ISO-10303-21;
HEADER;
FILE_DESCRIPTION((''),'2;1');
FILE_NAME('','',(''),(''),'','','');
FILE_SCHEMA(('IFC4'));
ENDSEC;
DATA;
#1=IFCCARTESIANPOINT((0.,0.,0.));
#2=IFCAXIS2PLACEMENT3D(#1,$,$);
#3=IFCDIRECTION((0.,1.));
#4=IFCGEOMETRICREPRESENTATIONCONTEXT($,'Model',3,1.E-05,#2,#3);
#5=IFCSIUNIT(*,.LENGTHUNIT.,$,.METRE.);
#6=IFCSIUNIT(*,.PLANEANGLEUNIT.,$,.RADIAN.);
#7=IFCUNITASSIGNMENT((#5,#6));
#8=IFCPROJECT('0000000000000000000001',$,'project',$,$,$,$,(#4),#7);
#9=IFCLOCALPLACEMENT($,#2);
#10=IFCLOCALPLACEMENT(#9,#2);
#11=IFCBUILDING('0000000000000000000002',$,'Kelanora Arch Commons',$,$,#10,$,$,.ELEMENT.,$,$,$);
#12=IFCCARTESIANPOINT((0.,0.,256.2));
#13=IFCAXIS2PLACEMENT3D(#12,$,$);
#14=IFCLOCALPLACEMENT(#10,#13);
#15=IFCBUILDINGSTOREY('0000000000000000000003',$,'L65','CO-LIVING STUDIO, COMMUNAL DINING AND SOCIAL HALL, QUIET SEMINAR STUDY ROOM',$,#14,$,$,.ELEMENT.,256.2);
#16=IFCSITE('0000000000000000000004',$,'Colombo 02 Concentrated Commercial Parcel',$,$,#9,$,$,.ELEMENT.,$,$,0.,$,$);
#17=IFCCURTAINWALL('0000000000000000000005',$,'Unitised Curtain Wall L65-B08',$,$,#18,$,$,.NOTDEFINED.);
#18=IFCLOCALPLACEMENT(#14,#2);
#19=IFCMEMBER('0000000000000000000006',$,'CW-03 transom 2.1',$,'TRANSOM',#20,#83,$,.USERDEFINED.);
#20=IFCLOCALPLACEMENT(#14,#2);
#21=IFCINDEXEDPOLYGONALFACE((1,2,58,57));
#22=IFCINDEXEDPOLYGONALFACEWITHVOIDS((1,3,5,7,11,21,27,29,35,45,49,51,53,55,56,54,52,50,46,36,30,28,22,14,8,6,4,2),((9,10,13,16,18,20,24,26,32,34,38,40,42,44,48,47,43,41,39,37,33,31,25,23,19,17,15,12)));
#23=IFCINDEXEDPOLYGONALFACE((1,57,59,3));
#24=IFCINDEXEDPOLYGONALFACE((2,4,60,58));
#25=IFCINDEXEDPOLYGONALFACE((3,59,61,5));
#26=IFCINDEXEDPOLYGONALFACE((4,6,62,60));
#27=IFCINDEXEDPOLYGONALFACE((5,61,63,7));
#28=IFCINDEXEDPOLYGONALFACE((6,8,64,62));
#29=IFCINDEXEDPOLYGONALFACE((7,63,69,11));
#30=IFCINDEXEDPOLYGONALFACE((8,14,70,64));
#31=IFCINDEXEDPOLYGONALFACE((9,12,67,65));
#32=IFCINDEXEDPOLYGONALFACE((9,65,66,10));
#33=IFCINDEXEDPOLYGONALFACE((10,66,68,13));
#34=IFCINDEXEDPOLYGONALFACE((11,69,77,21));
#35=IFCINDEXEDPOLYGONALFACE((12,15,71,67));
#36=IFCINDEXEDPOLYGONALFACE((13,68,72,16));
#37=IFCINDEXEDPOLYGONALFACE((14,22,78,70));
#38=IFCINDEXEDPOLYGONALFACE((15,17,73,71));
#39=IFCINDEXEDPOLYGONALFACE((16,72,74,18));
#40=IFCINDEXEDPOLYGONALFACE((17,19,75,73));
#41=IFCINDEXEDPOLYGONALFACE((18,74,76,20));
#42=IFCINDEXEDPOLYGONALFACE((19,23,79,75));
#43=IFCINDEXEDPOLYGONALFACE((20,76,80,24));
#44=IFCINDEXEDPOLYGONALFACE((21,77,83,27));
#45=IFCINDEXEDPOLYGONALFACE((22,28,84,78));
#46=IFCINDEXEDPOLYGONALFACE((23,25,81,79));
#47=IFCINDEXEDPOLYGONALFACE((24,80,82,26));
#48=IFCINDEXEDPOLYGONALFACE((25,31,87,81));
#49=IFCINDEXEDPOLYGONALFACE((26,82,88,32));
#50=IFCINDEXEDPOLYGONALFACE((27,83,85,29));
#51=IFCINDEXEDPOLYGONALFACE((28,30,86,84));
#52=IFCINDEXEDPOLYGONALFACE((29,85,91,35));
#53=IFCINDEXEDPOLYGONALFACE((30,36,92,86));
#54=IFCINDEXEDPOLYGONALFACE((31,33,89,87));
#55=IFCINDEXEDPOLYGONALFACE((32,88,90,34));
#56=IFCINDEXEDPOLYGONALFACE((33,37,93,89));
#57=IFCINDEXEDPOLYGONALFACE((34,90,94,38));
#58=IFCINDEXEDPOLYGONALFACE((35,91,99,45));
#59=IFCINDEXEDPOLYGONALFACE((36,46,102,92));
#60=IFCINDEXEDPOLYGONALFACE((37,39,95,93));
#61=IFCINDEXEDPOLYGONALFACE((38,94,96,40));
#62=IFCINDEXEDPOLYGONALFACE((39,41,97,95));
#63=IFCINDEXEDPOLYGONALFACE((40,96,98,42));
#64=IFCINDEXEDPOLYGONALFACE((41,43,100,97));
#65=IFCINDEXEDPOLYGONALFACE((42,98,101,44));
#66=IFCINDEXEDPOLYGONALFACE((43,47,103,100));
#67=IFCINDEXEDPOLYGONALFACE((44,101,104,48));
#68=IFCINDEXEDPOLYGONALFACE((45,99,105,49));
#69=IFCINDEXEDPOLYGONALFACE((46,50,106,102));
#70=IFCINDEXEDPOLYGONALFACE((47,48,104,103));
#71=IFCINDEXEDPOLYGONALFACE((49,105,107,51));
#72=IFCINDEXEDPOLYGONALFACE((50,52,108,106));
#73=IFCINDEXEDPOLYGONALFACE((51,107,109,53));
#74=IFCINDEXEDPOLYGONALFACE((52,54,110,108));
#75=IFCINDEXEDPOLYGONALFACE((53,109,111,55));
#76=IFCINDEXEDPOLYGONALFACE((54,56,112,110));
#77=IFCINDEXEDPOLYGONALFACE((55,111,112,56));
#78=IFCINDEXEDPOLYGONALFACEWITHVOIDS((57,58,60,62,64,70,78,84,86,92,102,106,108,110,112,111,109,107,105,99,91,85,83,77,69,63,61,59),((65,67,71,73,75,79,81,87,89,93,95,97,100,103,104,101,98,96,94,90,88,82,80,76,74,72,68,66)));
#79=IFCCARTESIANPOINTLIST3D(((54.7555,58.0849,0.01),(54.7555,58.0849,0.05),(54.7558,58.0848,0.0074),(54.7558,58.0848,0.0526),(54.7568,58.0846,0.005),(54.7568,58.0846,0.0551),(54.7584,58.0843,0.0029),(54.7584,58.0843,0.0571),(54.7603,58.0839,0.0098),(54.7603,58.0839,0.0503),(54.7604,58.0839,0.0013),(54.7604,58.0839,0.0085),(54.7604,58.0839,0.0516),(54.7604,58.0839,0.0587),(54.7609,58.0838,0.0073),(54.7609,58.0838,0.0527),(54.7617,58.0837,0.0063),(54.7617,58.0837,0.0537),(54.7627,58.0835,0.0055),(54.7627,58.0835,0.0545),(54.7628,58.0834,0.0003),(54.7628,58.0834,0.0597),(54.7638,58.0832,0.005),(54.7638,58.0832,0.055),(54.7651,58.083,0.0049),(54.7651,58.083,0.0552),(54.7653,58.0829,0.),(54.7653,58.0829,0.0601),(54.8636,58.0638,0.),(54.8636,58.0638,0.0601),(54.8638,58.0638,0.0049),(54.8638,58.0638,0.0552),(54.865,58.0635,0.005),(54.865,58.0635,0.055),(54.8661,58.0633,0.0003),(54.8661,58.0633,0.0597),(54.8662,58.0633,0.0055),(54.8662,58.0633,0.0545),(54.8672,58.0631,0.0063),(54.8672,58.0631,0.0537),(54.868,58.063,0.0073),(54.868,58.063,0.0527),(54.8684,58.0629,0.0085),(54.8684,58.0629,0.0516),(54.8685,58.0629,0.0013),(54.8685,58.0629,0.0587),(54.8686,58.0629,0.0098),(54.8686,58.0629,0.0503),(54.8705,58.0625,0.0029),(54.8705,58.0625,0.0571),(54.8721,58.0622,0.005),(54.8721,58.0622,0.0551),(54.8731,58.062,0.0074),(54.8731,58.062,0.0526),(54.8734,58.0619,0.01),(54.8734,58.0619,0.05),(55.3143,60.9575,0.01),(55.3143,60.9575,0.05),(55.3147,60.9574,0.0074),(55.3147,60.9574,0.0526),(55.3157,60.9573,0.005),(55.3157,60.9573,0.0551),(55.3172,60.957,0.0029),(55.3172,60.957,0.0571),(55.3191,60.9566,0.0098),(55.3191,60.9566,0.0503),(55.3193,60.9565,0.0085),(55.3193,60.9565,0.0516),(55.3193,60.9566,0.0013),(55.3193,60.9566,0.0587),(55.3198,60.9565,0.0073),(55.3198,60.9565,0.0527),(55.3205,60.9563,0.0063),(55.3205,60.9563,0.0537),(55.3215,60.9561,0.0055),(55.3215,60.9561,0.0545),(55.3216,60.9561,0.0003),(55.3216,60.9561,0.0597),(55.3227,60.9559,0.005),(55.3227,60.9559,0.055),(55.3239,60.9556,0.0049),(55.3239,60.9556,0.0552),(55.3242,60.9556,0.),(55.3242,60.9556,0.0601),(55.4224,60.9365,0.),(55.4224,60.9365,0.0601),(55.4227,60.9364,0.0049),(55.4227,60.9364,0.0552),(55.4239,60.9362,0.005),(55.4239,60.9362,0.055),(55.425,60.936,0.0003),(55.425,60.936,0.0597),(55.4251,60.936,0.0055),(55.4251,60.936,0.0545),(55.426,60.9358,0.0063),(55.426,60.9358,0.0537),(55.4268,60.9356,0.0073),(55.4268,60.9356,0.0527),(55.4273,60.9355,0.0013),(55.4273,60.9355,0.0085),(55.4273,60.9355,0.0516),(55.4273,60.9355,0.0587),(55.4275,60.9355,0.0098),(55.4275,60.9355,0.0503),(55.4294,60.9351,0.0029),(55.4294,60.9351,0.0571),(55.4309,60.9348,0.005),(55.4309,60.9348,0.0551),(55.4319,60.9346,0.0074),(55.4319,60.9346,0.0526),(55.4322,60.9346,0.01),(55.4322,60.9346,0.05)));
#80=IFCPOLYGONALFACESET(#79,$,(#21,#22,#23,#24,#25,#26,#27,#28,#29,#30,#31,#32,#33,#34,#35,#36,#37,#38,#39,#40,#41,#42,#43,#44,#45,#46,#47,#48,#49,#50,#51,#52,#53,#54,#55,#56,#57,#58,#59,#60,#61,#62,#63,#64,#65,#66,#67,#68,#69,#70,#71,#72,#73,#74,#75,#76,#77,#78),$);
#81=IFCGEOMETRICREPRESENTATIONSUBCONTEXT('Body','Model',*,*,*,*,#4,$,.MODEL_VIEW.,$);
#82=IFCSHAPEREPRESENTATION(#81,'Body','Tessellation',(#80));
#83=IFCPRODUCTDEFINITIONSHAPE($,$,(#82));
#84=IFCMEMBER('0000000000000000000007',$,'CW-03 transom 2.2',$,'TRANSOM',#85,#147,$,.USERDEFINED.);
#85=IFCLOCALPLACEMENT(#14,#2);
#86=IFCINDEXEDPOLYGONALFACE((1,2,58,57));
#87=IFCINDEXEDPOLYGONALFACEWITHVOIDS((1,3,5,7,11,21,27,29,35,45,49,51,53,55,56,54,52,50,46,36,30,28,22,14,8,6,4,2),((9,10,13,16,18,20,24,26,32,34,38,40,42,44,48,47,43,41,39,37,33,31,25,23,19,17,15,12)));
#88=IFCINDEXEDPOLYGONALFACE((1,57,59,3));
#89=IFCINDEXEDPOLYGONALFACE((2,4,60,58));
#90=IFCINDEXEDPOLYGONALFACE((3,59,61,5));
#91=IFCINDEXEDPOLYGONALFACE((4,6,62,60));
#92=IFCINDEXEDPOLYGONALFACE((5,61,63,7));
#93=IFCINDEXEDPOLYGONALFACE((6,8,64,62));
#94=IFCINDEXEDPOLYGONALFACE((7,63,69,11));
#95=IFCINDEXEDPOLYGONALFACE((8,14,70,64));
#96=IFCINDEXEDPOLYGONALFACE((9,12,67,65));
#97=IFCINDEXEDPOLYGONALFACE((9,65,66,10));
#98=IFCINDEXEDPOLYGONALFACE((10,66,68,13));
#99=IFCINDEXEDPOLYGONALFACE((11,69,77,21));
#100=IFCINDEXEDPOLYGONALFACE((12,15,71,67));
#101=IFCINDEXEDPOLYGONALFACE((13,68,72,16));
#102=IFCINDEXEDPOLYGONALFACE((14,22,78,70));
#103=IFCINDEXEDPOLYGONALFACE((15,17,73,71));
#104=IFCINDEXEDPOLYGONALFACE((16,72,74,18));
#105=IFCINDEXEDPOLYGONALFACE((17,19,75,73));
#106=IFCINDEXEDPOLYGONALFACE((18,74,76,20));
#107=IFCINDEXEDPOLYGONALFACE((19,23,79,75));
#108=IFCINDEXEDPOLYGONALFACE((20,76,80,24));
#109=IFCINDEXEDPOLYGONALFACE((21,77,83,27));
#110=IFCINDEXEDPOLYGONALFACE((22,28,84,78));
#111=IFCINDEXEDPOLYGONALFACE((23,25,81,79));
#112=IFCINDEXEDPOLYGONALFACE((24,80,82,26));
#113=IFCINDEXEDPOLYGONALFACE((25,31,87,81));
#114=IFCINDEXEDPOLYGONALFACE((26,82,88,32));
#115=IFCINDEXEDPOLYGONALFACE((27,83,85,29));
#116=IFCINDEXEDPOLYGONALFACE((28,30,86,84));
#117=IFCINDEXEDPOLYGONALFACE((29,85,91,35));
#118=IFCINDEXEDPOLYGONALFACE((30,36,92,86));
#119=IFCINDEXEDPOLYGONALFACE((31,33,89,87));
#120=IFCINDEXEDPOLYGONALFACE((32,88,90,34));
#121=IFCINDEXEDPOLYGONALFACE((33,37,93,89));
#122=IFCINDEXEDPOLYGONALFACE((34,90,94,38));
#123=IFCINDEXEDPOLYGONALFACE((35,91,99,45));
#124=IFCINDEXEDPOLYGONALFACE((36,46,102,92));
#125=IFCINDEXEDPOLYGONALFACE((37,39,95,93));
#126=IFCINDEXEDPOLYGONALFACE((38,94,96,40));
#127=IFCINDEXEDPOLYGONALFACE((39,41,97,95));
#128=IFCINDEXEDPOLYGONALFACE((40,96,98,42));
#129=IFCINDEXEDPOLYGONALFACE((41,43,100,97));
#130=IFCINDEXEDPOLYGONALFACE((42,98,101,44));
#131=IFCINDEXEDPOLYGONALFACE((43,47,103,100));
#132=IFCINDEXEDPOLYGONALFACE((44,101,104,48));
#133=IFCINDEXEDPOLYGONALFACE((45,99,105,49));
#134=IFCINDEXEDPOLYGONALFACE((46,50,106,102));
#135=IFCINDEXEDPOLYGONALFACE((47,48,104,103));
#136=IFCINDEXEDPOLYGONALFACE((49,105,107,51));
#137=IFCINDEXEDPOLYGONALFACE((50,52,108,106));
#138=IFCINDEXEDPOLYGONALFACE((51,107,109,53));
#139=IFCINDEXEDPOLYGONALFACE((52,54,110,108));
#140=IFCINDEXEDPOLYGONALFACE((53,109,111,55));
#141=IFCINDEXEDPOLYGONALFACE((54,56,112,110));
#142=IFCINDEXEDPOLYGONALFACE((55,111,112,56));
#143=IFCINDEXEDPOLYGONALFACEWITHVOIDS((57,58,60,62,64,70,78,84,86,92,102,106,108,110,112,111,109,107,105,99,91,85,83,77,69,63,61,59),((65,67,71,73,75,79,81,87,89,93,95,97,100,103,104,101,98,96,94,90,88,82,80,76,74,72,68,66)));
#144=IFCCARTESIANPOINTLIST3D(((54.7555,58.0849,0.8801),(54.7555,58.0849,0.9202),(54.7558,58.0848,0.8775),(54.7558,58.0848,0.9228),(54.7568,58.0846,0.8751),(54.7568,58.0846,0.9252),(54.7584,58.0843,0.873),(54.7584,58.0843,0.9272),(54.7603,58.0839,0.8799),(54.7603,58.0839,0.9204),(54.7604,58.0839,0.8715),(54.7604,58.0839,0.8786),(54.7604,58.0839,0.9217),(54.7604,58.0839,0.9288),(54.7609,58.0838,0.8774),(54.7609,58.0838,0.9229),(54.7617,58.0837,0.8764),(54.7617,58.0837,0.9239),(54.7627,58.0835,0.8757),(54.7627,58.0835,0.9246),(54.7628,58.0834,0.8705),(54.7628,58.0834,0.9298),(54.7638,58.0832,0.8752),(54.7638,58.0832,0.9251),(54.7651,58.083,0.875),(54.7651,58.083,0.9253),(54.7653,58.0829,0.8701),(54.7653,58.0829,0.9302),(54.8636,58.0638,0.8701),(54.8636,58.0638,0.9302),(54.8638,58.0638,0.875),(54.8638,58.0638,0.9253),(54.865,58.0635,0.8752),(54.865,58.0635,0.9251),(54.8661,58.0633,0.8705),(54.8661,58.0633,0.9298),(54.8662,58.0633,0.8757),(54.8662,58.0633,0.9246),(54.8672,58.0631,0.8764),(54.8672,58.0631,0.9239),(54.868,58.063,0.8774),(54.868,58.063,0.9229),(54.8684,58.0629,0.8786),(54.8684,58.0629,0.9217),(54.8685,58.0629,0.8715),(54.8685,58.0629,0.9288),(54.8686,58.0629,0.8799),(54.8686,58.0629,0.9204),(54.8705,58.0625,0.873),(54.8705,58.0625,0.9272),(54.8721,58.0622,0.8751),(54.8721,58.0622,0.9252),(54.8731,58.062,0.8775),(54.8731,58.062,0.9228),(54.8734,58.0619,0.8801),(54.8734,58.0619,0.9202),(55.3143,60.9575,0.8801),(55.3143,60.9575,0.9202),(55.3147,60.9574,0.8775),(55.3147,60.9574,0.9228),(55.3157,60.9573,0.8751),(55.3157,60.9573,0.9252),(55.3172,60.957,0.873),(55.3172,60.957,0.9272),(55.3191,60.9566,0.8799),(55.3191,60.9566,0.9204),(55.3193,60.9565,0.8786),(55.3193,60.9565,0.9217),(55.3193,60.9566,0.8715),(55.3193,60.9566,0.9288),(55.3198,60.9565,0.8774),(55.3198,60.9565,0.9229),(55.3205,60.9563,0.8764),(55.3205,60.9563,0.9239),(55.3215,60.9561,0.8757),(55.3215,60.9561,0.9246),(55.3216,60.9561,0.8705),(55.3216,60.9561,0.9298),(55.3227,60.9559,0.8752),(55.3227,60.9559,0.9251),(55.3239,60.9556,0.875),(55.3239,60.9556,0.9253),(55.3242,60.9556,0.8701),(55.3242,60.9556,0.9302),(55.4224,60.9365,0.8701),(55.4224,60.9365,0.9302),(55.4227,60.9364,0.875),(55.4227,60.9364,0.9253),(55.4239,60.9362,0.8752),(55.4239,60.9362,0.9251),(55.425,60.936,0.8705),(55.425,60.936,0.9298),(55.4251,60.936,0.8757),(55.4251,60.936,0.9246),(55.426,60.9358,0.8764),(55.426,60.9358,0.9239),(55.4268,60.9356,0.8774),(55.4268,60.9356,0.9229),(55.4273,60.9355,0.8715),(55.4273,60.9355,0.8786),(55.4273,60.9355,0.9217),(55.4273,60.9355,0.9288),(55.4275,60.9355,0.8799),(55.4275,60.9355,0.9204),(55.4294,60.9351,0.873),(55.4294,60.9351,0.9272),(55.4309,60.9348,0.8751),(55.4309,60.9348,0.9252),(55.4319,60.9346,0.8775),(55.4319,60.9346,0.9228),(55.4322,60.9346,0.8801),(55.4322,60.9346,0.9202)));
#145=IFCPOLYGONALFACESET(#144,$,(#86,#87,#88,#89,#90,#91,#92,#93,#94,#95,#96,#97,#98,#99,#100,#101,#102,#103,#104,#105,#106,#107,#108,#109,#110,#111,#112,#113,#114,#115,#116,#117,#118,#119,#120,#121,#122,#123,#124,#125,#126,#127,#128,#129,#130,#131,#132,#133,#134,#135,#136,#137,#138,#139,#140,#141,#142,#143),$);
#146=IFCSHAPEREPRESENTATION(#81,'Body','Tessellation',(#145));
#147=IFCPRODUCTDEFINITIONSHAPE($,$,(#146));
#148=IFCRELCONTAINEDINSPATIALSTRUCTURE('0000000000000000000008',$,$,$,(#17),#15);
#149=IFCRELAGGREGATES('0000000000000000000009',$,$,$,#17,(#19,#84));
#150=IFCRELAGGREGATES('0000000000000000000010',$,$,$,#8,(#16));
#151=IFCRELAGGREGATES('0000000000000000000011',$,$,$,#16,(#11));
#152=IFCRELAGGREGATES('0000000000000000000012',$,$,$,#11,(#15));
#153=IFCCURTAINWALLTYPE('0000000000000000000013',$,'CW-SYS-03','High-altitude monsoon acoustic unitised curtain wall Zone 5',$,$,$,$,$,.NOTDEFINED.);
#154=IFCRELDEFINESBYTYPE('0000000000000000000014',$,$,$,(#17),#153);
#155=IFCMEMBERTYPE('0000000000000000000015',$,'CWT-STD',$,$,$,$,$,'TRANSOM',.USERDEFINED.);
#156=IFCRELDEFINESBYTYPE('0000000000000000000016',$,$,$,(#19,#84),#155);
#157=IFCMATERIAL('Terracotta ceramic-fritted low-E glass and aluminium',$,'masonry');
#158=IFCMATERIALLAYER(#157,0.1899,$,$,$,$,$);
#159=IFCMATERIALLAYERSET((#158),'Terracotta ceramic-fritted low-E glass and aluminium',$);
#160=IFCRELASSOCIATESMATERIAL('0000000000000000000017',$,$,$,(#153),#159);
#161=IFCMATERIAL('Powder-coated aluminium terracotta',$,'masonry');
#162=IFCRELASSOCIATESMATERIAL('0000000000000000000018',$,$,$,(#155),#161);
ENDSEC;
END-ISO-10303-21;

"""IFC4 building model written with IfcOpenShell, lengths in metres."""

from ifc_helpers import new_model, si_unit, direction, frame, origin, origin_2d, place, context, subcontext, project, spatial, hollow_rectangle, extrude, material, layer, layer_set, material_profile, profile_set, type_object, element, aggregate, save


model = new_model("IFC4")

# Units and contexts
model_context = context("Model", 3, precision=1e-05, world=origin(), true_north=direction((0.0, 1.0)))
body_context = subcontext(model_context, "Body", "Model", "MODEL_VIEW")
ifc_project = project(units=[si_unit("LENGTHUNIT", "METRE"), si_unit("PLANEANGLEUNIT", "RADIAN")], contexts=[model_context])

# Site, building, storey
site_placement = place(None, origin())
site = spatial("IfcSite", under=ifc_project, at=site_placement, Name="Colombo 02 Concentrated Commercial Parcel", CompositionType="ELEMENT", RefElevation=0.0)
building_placement = place(site_placement, origin())
building = spatial("IfcBuilding", under=site, at=building_placement, Name="Kelanora Arch Commons", CompositionType="ELEMENT")
storey_placement = place(building_placement, frame((0.0, 0.0, 256.2)))
storey = spatial("IfcBuildingStorey", under=building, at=storey_placement, Name="L65", Description="CO-LIVING STUDIO, COMMUNAL DINING AND SOCIAL HALL, QUIET SEMINAR STUDY ROOM", CompositionType="ELEMENT", Elevation=256.2)

# Curtain wall, members
ifc_material_1 = material(Name="Terracotta ceramic-fritted low-E glass and aluminium", Category="masonry")
ifc_layer_1 = layer(ifc_material_1, 0.1899)
ifc_layer_set_1 = layer_set([ifc_layer_1], Name="Terracotta ceramic-fritted low-E glass and aluminium")
curtain_wall_type = type_object("IfcCurtainWallType", Name="CW-SYS-03", Description="High-altitude monsoon acoustic unitised curtain wall Zone 5", PredefinedType="NOTDEFINED", material=ifc_layer_set_1)
curtain_wall_placement = place(storey_placement, origin())
curtain_wall = element("IfcCurtainWall", 1, at=curtain_wall_placement, inside=storey, type_object=curtain_wall_type, Name="Unitised Curtain Wall L65-B08", PredefinedType="NOTDEFINED")
ifc_material_2 = material(Name="Powder-coated aluminium terracotta", Category="masonry")
ifc_material_profile_1 = material_profile(ifc_material_2, hollow_rectangle(XDim=0.1201, YDim=0.0601, WallThickness=0.0049, InnerFilletRadius=0.0049, OuterFilletRadius=0.01, at=origin_2d()), Name="CWT120x60")
ifc_profile_set_1 = profile_set([ifc_material_profile_1], Name="Powder-coated aluminium terracotta")
member_type_1 = type_object("IfcMemberType", Name="CWT-STD", ElementType="TRANSOM", PredefinedType="USERDEFINED", material=ifc_profile_set_1)
member_1_placement = place(storey_placement, frame((55.3733, 60.946, 0.03), z_axis=(-0.190963, -0.981597, 0.0), x_axis=(0.981597, -0.190963, 0.0)))
member_1 = element("IfcMember", 2, at=member_1_placement, type_object=member_type_1, Name="CW-03 transom 2.1", ObjectType="TRANSOM", PredefinedType="USERDEFINED", context=body_context, shape_type="SweptSolid", body=[
    extrude(hollow_rectangle(XDim=0.1201, YDim=0.0601, WallThickness=0.0049, InnerFilletRadius=0.0049, OuterFilletRadius=0.01, at=origin_2d()), origin(), (0.0, 0.0, 1.0), 2.9265),
])
member_2_placement = place(storey_placement, frame((55.3733, 60.946, 0.9001), z_axis=(-0.190963, -0.981597, 0.0), x_axis=(0.981597, -0.190963, 0.0)))
member_2 = element("IfcMember", 3, at=member_2_placement, type_object=member_type_1, Name="CW-03 transom 2.2", ObjectType="TRANSOM", PredefinedType="USERDEFINED", context=body_context, shape_type="SweptSolid", body=[
    extrude(hollow_rectangle(XDim=0.1201, YDim=0.0601, WallThickness=0.0049, InnerFilletRadius=0.0049, OuterFilletRadius=0.01, at=origin_2d()), origin(), (0.0, 0.0, 1.0), 2.9265),
])
aggregate(curtain_wall, [member_1, member_2])

save(model, "model.ifc")
